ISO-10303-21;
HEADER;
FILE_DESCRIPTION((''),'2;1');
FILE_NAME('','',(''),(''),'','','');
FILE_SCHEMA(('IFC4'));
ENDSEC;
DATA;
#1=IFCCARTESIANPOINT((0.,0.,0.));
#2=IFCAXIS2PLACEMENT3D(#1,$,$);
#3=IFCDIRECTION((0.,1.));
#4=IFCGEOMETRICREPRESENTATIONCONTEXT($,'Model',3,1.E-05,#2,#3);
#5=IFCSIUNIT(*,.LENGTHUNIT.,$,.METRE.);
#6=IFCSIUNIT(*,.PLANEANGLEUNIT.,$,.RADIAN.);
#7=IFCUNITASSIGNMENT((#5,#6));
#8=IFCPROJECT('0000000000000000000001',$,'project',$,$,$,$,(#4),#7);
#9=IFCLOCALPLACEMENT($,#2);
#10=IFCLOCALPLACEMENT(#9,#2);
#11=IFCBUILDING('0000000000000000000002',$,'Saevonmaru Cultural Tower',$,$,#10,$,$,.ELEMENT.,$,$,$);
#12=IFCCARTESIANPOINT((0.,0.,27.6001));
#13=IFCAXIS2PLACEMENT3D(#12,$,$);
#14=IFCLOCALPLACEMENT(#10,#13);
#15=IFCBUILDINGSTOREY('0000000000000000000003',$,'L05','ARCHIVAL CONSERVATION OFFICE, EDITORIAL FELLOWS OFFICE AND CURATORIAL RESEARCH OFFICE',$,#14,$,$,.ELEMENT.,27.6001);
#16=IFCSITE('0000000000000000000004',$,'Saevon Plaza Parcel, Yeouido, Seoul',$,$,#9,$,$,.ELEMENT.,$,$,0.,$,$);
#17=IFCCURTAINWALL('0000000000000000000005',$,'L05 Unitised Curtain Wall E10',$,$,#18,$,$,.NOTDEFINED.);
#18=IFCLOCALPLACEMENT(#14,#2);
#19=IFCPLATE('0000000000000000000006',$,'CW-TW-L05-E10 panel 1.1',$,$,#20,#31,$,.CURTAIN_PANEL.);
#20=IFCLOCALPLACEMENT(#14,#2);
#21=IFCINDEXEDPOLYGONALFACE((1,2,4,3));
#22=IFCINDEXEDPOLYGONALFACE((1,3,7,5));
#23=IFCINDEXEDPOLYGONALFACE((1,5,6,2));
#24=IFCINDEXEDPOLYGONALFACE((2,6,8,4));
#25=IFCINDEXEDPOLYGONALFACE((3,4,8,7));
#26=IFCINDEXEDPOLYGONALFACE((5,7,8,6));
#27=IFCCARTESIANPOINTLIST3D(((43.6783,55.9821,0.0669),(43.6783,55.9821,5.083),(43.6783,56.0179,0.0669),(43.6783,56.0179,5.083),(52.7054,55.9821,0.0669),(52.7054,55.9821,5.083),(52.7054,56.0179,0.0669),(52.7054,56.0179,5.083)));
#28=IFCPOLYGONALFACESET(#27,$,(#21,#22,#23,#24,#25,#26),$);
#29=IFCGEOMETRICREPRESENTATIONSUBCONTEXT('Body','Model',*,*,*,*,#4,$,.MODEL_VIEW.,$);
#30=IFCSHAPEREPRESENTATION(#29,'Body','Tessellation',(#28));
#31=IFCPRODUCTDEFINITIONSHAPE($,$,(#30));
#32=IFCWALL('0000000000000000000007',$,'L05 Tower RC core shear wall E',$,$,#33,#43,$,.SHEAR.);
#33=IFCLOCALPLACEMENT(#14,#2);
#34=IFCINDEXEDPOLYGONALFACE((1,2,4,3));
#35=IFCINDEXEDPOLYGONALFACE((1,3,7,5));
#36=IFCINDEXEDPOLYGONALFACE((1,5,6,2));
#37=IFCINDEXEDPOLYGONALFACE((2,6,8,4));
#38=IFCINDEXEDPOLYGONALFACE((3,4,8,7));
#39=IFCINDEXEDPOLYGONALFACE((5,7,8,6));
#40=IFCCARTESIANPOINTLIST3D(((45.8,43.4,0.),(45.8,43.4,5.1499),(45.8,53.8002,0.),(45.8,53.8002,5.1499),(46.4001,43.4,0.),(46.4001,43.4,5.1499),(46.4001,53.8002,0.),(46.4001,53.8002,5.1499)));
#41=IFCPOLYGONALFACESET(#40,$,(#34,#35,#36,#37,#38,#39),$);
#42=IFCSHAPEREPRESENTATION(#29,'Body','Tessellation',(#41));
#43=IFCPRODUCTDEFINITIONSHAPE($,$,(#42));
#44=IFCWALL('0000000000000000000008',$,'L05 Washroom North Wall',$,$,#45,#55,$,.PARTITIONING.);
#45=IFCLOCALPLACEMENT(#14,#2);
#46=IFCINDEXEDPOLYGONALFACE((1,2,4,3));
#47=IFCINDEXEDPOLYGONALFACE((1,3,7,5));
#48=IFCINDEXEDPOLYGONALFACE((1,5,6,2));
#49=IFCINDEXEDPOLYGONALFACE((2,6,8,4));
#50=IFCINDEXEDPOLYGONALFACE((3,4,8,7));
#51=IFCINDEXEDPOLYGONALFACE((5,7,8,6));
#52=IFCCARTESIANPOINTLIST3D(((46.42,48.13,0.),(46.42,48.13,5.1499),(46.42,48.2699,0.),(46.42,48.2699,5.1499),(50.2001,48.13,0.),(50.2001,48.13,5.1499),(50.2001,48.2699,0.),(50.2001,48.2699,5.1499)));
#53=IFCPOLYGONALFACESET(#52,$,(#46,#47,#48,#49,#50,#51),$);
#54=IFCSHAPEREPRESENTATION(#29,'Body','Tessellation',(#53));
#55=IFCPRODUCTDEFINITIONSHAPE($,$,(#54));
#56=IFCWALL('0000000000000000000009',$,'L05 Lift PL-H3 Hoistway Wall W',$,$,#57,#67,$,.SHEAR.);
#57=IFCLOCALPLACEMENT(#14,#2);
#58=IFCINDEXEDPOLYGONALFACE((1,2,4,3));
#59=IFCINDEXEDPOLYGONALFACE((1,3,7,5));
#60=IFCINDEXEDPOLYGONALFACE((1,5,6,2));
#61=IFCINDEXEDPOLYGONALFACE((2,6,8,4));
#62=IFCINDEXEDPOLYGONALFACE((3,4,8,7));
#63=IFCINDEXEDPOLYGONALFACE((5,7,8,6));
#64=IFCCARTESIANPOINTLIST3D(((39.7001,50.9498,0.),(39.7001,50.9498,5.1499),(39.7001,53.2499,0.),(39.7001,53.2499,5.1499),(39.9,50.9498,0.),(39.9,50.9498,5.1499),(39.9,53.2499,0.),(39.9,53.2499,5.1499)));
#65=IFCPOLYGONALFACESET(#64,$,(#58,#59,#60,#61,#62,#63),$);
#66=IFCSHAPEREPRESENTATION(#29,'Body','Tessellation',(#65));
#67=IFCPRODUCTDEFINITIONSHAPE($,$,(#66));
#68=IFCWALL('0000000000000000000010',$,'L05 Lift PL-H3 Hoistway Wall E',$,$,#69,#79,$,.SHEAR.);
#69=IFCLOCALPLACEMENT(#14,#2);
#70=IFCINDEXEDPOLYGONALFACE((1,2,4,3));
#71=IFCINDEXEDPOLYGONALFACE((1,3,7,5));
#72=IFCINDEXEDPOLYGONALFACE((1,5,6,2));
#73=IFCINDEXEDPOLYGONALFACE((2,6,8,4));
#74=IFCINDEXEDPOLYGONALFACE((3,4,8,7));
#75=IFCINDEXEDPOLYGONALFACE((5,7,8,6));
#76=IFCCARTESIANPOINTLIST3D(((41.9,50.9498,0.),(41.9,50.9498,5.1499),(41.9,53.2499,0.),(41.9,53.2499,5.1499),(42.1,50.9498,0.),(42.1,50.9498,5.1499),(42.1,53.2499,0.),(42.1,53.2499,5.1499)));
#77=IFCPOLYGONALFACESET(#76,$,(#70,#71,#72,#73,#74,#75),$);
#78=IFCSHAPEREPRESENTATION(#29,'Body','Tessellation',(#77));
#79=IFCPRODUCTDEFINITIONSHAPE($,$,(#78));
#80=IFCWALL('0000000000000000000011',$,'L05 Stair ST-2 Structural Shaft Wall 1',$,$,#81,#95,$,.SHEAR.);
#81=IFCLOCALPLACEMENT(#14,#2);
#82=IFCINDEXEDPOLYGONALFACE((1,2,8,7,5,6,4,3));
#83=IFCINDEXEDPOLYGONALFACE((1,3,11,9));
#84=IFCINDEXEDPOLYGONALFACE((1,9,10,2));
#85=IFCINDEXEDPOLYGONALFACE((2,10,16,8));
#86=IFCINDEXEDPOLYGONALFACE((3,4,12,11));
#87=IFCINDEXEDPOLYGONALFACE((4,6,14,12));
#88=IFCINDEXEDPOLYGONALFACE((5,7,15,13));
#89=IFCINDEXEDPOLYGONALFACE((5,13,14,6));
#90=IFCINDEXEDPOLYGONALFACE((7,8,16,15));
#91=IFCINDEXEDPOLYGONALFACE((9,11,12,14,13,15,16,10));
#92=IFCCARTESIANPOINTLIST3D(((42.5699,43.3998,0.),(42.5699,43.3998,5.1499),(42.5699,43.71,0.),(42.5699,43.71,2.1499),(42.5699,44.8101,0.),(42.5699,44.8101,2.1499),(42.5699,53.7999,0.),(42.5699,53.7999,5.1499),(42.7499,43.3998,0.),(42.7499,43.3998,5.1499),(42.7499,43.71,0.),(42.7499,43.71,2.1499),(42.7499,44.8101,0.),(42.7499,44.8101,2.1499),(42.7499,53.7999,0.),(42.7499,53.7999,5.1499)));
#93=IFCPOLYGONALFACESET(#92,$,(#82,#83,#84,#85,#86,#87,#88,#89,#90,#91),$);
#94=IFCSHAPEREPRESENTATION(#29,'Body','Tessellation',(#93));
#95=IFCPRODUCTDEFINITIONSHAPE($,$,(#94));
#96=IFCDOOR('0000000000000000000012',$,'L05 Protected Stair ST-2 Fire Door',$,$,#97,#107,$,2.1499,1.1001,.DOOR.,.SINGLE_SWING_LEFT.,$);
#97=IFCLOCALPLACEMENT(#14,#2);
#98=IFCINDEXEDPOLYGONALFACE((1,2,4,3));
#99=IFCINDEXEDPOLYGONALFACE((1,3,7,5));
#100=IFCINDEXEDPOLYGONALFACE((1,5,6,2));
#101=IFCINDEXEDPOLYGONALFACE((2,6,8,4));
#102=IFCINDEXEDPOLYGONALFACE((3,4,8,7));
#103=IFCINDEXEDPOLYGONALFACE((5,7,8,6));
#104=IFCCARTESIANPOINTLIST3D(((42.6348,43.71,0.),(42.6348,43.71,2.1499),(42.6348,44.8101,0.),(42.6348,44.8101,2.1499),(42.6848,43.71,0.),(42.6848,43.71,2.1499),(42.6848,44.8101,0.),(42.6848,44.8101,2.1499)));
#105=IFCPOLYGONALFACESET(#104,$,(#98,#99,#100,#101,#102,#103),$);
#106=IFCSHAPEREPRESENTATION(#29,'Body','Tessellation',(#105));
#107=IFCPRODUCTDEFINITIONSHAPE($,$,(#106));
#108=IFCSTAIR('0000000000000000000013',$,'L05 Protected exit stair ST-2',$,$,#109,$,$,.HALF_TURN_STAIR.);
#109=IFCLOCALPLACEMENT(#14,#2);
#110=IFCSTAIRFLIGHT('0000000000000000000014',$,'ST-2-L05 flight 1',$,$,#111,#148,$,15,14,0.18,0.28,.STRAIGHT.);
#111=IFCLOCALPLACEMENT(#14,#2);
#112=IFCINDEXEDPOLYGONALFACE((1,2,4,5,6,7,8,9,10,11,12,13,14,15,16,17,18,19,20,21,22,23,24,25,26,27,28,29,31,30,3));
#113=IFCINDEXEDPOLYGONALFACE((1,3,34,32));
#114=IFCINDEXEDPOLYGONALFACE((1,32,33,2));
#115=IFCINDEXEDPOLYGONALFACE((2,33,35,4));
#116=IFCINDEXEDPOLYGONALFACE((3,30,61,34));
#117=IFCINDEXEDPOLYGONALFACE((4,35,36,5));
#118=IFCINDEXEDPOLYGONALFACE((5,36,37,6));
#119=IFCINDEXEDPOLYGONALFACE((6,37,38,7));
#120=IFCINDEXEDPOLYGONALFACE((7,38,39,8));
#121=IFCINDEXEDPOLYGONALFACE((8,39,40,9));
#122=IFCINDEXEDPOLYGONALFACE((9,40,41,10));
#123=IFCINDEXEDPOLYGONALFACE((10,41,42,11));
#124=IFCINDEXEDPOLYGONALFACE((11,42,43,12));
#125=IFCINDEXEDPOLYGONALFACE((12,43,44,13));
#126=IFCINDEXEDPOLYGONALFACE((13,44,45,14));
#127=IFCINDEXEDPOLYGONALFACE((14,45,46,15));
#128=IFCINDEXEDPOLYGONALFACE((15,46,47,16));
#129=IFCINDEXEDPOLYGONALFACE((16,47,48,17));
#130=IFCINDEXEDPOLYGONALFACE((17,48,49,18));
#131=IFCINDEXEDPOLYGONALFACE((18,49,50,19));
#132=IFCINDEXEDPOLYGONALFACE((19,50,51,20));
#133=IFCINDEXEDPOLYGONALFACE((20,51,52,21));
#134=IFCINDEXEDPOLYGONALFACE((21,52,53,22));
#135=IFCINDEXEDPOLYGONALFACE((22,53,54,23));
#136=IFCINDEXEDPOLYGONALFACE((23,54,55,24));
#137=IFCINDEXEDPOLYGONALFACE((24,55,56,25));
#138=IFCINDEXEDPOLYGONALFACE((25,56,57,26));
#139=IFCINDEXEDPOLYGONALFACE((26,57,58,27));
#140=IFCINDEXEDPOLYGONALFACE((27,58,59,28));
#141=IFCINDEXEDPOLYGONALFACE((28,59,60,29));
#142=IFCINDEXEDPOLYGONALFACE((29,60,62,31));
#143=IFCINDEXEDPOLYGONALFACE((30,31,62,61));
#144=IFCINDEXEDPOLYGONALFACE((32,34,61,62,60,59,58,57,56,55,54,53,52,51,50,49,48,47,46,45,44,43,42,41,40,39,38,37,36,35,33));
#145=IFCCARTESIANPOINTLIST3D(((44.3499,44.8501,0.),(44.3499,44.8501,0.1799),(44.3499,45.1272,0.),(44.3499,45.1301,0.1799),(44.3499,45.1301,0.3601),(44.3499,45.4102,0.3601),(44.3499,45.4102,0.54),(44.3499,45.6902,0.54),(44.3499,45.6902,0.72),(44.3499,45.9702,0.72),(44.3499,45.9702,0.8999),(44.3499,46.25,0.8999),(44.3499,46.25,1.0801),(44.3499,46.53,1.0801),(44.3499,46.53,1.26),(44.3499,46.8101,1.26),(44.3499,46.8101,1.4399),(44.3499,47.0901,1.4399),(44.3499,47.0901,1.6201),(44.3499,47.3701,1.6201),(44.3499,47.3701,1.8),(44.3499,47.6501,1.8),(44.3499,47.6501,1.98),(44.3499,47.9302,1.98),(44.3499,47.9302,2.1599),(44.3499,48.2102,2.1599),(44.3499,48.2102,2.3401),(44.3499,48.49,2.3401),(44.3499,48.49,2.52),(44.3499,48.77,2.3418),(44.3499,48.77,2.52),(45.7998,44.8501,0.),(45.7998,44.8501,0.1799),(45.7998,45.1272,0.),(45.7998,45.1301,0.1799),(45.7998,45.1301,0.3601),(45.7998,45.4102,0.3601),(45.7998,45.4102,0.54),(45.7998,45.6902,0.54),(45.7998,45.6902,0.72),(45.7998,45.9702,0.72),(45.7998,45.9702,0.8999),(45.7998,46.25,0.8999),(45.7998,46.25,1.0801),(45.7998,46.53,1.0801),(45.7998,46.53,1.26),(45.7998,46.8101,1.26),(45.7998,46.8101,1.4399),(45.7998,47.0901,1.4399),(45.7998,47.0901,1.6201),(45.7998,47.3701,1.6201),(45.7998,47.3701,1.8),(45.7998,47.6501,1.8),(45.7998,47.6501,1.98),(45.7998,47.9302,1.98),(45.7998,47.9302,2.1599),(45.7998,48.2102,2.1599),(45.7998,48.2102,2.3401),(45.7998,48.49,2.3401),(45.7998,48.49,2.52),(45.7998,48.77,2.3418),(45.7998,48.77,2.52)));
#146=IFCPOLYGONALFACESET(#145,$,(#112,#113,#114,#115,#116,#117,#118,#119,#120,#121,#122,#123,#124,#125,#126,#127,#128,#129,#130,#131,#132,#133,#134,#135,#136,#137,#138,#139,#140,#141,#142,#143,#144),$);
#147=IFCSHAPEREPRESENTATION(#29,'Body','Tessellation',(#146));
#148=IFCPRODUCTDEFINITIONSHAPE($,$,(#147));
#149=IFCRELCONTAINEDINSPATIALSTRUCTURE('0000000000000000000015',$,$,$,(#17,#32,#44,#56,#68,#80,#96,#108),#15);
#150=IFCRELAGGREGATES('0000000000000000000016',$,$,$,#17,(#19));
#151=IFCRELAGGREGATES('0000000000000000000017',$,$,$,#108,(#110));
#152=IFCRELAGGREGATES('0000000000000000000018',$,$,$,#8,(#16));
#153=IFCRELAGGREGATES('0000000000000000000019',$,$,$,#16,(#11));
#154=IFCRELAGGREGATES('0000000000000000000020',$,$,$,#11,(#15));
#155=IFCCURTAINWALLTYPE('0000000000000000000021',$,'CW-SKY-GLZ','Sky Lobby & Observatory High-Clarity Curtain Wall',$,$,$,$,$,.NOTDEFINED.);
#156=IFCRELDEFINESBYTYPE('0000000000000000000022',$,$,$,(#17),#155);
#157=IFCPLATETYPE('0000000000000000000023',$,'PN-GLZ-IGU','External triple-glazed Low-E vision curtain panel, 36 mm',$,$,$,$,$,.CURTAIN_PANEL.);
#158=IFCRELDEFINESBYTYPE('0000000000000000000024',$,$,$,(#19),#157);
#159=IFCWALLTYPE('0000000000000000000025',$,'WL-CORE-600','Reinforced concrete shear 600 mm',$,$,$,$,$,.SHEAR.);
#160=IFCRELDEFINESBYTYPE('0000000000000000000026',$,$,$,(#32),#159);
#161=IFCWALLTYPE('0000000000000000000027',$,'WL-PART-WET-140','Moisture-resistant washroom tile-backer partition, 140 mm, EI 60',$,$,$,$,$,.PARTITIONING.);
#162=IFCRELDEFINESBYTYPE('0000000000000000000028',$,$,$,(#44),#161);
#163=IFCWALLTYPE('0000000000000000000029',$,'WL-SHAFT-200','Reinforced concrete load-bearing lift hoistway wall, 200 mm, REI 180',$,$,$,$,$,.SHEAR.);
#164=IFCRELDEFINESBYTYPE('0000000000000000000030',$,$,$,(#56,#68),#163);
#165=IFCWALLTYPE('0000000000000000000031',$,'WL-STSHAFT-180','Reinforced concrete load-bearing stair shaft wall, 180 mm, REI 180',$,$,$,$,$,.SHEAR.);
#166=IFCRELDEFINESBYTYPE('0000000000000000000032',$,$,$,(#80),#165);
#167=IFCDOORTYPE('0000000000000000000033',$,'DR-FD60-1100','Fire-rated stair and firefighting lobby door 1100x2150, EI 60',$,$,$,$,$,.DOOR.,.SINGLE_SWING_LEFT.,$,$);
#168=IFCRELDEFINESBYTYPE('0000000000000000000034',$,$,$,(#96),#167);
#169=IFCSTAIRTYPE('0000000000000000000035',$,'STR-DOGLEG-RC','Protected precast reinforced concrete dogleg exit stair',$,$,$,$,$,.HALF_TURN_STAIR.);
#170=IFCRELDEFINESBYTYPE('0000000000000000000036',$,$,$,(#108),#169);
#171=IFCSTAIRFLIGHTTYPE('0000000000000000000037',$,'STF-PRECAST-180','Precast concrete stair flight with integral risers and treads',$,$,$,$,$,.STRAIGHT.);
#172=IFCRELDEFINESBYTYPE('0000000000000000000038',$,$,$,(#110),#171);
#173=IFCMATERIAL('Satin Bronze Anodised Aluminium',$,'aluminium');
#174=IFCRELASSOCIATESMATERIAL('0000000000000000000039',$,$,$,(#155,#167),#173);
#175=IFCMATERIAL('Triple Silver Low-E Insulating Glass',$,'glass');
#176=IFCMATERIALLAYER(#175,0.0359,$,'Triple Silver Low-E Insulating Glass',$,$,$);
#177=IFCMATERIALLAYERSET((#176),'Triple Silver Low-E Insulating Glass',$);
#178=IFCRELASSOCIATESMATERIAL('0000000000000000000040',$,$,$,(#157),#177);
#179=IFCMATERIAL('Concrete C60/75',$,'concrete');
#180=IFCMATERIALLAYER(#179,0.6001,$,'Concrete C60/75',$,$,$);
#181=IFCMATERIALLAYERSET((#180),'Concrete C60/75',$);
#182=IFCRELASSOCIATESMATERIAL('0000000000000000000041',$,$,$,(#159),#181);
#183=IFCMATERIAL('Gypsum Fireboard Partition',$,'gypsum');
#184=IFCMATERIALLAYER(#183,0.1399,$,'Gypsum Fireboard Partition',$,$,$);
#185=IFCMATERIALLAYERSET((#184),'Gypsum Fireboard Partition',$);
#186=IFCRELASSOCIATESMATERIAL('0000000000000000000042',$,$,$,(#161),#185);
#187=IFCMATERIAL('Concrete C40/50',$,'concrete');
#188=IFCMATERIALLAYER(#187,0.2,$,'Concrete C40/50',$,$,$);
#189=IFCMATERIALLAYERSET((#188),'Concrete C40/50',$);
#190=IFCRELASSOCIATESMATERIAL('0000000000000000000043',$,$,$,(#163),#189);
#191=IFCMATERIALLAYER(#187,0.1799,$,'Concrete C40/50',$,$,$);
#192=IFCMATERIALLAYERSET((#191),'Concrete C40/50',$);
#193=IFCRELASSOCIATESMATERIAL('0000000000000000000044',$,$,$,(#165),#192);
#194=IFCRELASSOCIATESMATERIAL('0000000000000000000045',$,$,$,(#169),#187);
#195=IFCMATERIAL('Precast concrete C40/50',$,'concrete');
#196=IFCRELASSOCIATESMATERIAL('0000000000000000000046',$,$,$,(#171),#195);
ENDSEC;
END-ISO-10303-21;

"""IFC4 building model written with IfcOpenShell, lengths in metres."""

from ifc_helpers import new_model, si_unit, direction, frame, frame_2d, origin, origin_2d, place, context, subcontext, project, spatial, polyline, rectangle, outline, extrude, material, layer, layer_set, type_object, element, fill, aggregate, save


model = new_model("IFC4")

# Units and contexts
model_context = context("Model", 3, precision=1e-05, world=origin(), true_north=direction((0.0, 1.0)))
body_context = subcontext(model_context, "Body", "Model", "MODEL_VIEW")
ifc_project = project(units=[si_unit("LENGTHUNIT", "METRE"), si_unit("PLANEANGLEUNIT", "RADIAN")], contexts=[model_context])

# Site, building, storey
site_placement = place(None, origin())
site = spatial("IfcSite", under=ifc_project, at=site_placement, Name="Saevon Plaza Parcel, Yeouido, Seoul", CompositionType="ELEMENT", RefElevation=0.0)
building_placement = place(site_placement, origin())
building = spatial("IfcBuilding", under=site, at=building_placement, Name="Saevonmaru Cultural Tower", CompositionType="ELEMENT")
storey_placement = place(building_placement, frame((0.0, 0.0, 27.6001)))
storey = spatial("IfcBuildingStorey", under=building, at=storey_placement, Name="L05", Description="ARCHIVAL CONSERVATION OFFICE, EDITORIAL FELLOWS OFFICE AND CURATORIAL RESEARCH OFFICE", CompositionType="ELEMENT", Elevation=27.6001)

# Curtain wall, plate
ifc_material_1 = material(Name="Satin Bronze Anodised Aluminium", Category="aluminium")
curtain_wall_type = type_object("IfcCurtainWallType", Name="CW-SKY-GLZ", Description="Sky Lobby & Observatory High-Clarity Curtain Wall", PredefinedType="NOTDEFINED", material=ifc_material_1)
curtain_wall_placement = place(storey_placement, origin())
curtain_wall = element("IfcCurtainWall", 1, at=curtain_wall_placement, inside=storey, type_object=curtain_wall_type, Name="L05 Unitised Curtain Wall E10", PredefinedType="NOTDEFINED")
ifc_material_2 = material(Name="Triple Silver Low-E Insulating Glass", Category="glass")
ifc_layer_1 = layer(ifc_material_2, 0.0359, Name="Triple Silver Low-E Insulating Glass")
ifc_layer_set_1 = layer_set([ifc_layer_1], Name="Triple Silver Low-E Insulating Glass")
plate_type = type_object("IfcPlateType", Name="PN-GLZ-IGU", Description="External triple-glazed Low-E vision curtain panel, 36 mm", PredefinedType="CURTAIN_PANEL", material=ifc_layer_set_1)
plate_placement = place(storey_placement, frame((48.1919, 56.0, 0.0669), z_axis=(0.0, 0.0, 1.0), x_axis=(-1.0, 0.0, 0.0)))
plate = element("IfcPlate", 2, at=plate_placement, type_object=plate_type, Name="CW-TW-L05-E10 panel 1.1", PredefinedType="CURTAIN_PANEL", context=body_context, shape_type="SweptSolid", body=[
    extrude(rectangle(XDim=9.0271, YDim=0.0359, at=origin_2d()), origin(), (0.0, 0.0, 1.0), 5.0161),
])
aggregate(curtain_wall, [plate])

# Walls
ifc_material_3 = material(Name="Concrete C60/75", Category="concrete")
ifc_layer_2 = layer(ifc_material_3, 0.6001, Name="Concrete C60/75")
ifc_layer_set_2 = layer_set([ifc_layer_2], Name="Concrete C60/75")
wall_type_1 = type_object("IfcWallType", Name="WL-CORE-600", Description="Reinforced concrete shear 600 mm", PredefinedType="SHEAR", material=ifc_layer_set_2)
wall_1_placement = place(storey_placement, frame((46.1001, 43.3999, 0.0), z_axis=(0.0, 0.0, 1.0), x_axis=(0.0, 1.0, 0.0)))
element("IfcWall", 3, at=wall_1_placement, inside=storey, type_object=wall_type_1, Name="L05 Tower RC core shear wall E", PredefinedType="SHEAR", context=body_context, shape_type="SweptSolid", body=[
    extrude(rectangle(XDim=10.4001, YDim=0.6001, at=frame_2d((5.2002, 0.0))), origin(), (0.0, 0.0, 1.0), 5.1499),
])
ifc_material_4 = material(Name="Gypsum Fireboard Partition", Category="gypsum")
ifc_layer_3 = layer(ifc_material_4, 0.1399, Name="Gypsum Fireboard Partition")
ifc_layer_set_3 = layer_set([ifc_layer_3], Name="Gypsum Fireboard Partition")
wall_type_2 = type_object("IfcWallType", Name="WL-PART-WET-140", Description="Moisture-resistant washroom tile-backer partition, 140 mm, EI 60", PredefinedType="PARTITIONING", material=ifc_layer_set_3)
wall_2_placement = place(storey_placement, frame((46.4199, 48.2, 0.0), z_axis=(0.0, 0.0, 1.0), x_axis=(1.0, 0.0, 0.0)))
element("IfcWall", 4, at=wall_2_placement, inside=storey, type_object=wall_type_2, Name="L05 Washroom North Wall", PredefinedType="PARTITIONING", context=body_context, shape_type="SweptSolid", body=[
    extrude(rectangle(XDim=3.78, YDim=0.1399, at=frame_2d((1.8901, 0.0))), origin(), (0.0, 0.0, 1.0), 5.1499),
])
ifc_material_5 = material(Name="Concrete C40/50", Category="concrete")
ifc_layer_4 = layer(ifc_material_5, 0.2, Name="Concrete C40/50")
ifc_layer_set_4 = layer_set([ifc_layer_4], Name="Concrete C40/50")
wall_type_3 = type_object("IfcWallType", Name="WL-SHAFT-200", Description="Reinforced concrete load-bearing lift hoistway wall, 200 mm, REI 180", PredefinedType="SHEAR", material=ifc_layer_set_4)
for number, where, z_axis, x_axis, name in (
    (5, (39.8, 50.95, 0.0), (0.0, 0.0, 1.0), (0.0, 1.0, 0.0), "L05 Lift PL-H3 Hoistway Wall W"),
    (6, (42.0, 50.95, 0.0), (0.0, 0.0, 1.0), (0.0, 1.0, 0.0), "L05 Lift PL-H3 Hoistway Wall E"),
):
    element("IfcWall", number, at=place(storey_placement, frame(where, z_axis=z_axis, x_axis=x_axis)), inside=storey, type_object=wall_type_3, Name=name, PredefinedType="SHEAR", context=body_context, shape_type="SweptSolid", body=[
        extrude(rectangle(XDim=2.3, YDim=0.2, at=frame_2d((1.1499, 0.0))), origin(), (0.0, 0.0, 1.0), 5.1499),
    ])

# Wall, opening, door
ifc_layer_5 = layer(ifc_material_5, 0.1799, Name="Concrete C40/50")
ifc_layer_set_5 = layer_set([ifc_layer_5], Name="Concrete C40/50")
wall_type_4 = type_object("IfcWallType", Name="WL-STSHAFT-180", Description="Reinforced concrete load-bearing stair shaft wall, 180 mm, REI 180", PredefinedType="SHEAR", material=ifc_layer_set_5)
wall_3_placement = place(storey_placement, frame((42.6599, 53.8, 0.0), z_axis=(0.0, 0.0, 1.0), x_axis=(0.0, -1.0, 0.0)))
wall_3 = element("IfcWall", 7, at=wall_3_placement, inside=storey, type_object=wall_type_4, Name="L05 Stair ST-2 Structural Shaft Wall 1", PredefinedType="SHEAR", context=body_context, shape_type="SweptSolid", body=[
    extrude(rectangle(XDim=10.4001, YDim=0.1799, at=frame_2d((5.2002, 0.0))), origin(), (0.0, 0.0, 1.0), 5.1499),
])
opening_placement = place(wall_3_placement, frame((8.99, 0.0, 0.0)))
opening = element("IfcOpeningElement", 8, at=opening_placement, cuts=wall_3, PredefinedType="OPENING", context=body_context, shape_type="SweptSolid", body=[
    extrude(rectangle(XDim=1.1001, YDim=2.1499, at=frame_2d((0.55, 1.075))), frame((0.0, 0.1001, 0.0), z_axis=(0.0, -1.0, 0.0), x_axis=(1.0, 0.0, 0.0)), (0.0, 0.0, 1.0), 0.2),
])
door_type = type_object("IfcDoorType", Name="DR-FD60-1100", Description="Fire-rated stair and firefighting lobby door 1100x2150, EI 60", OperationType="SINGLE_SWING_LEFT", PredefinedType="DOOR", material=ifc_material_1)
door_placement = place(opening_placement, origin())
door = element("IfcDoor", 9, at=door_placement, inside=storey, type_object=door_type, Name="L05 Protected Stair ST-2 Fire Door", OperationType="SINGLE_SWING_LEFT", OverallHeight=2.1499, OverallWidth=1.1001, PredefinedType="DOOR", context=body_context, shape_type="SweptSolid", body=[
    extrude(rectangle(XDim=1.1001, YDim=2.1499, at=frame_2d((0.55, 1.075))), frame((0.0, 0.0249, 0.0), z_axis=(0.0, -1.0, 0.0), x_axis=(1.0, 0.0, 0.0)), (0.0, 0.0, 1.0), 0.05),
])
fill(opening, door)

# Stair, stair flight
stair_type = type_object("IfcStairType", Name="STR-DOGLEG-RC", Description="Protected precast reinforced concrete dogleg exit stair", PredefinedType="HALF_TURN_STAIR", material=ifc_material_5)
stair_placement = place(storey_placement, origin())
stair = element("IfcStair", 10, at=stair_placement, inside=storey, type_object=stair_type, Name="L05 Protected exit stair ST-2", PredefinedType="HALF_TURN_STAIR")
ifc_material_6 = material(Name="Precast concrete C40/50", Category="concrete")
stair_flight_type = type_object("IfcStairFlightType", Name="STF-PRECAST-180", Description="Precast concrete stair flight with integral risers and treads", PredefinedType="STRAIGHT", material=ifc_material_6)
stair_flight_1_placement = place(storey_placement, frame((45.075, 44.8501, 0.0), z_axis=(0.0, 0.0, 1.0), x_axis=(0.0, 1.0, 0.0)))
stair_flight_1 = element("IfcStairFlight", 11, at=stair_flight_1_placement, type_object=stair_flight_type, Name="ST-2-L05 flight 1", NumberOfRisers=15, NumberOfTreads=14, PredefinedType="STRAIGHT", RiserHeight=0.18, TreadLength=0.28, context=body_context, shape_type="SweptSolid", body=[
    extrude(outline(polyline([(0.0, 0.0), (0.0, 0.1799), (0.28, 0.1799), (0.28, 0.3601), (0.5601, 0.3601), (0.5601, 0.54), (0.8401, 0.54), (0.8401, 0.72), (1.1201, 0.72), (1.1201, 0.8999), (1.3999, 0.8999), (1.3999, 1.0801), (1.6799, 1.0801), (1.6799, 1.26), (1.96, 1.26), (1.96, 1.4399), (2.24, 1.4399), (2.24, 1.6201), (2.52, 1.6201), (2.52, 1.8), (2.8, 1.8), (2.8, 1.98), (3.0801, 1.98), (3.0801, 2.1599), (3.3601, 2.1599), (3.3601, 2.3401), (3.6399, 2.3401), (3.6399, 2.52), (3.9199, 2.52), (3.9199, 2.7), (3.9199, 2.3418), (0.2771, 0.0), (0.0, 0.0)])), frame((0.0, 0.7251, 0.0), z_axis=(0.0, -1.0, 0.0), x_axis=(1.0, 0.0, 0.0)), (0.0, 0.0, 1.0), 1.45),
])
aggregate(stair, [stair_flight_1])

save(model, "model.ifc")
